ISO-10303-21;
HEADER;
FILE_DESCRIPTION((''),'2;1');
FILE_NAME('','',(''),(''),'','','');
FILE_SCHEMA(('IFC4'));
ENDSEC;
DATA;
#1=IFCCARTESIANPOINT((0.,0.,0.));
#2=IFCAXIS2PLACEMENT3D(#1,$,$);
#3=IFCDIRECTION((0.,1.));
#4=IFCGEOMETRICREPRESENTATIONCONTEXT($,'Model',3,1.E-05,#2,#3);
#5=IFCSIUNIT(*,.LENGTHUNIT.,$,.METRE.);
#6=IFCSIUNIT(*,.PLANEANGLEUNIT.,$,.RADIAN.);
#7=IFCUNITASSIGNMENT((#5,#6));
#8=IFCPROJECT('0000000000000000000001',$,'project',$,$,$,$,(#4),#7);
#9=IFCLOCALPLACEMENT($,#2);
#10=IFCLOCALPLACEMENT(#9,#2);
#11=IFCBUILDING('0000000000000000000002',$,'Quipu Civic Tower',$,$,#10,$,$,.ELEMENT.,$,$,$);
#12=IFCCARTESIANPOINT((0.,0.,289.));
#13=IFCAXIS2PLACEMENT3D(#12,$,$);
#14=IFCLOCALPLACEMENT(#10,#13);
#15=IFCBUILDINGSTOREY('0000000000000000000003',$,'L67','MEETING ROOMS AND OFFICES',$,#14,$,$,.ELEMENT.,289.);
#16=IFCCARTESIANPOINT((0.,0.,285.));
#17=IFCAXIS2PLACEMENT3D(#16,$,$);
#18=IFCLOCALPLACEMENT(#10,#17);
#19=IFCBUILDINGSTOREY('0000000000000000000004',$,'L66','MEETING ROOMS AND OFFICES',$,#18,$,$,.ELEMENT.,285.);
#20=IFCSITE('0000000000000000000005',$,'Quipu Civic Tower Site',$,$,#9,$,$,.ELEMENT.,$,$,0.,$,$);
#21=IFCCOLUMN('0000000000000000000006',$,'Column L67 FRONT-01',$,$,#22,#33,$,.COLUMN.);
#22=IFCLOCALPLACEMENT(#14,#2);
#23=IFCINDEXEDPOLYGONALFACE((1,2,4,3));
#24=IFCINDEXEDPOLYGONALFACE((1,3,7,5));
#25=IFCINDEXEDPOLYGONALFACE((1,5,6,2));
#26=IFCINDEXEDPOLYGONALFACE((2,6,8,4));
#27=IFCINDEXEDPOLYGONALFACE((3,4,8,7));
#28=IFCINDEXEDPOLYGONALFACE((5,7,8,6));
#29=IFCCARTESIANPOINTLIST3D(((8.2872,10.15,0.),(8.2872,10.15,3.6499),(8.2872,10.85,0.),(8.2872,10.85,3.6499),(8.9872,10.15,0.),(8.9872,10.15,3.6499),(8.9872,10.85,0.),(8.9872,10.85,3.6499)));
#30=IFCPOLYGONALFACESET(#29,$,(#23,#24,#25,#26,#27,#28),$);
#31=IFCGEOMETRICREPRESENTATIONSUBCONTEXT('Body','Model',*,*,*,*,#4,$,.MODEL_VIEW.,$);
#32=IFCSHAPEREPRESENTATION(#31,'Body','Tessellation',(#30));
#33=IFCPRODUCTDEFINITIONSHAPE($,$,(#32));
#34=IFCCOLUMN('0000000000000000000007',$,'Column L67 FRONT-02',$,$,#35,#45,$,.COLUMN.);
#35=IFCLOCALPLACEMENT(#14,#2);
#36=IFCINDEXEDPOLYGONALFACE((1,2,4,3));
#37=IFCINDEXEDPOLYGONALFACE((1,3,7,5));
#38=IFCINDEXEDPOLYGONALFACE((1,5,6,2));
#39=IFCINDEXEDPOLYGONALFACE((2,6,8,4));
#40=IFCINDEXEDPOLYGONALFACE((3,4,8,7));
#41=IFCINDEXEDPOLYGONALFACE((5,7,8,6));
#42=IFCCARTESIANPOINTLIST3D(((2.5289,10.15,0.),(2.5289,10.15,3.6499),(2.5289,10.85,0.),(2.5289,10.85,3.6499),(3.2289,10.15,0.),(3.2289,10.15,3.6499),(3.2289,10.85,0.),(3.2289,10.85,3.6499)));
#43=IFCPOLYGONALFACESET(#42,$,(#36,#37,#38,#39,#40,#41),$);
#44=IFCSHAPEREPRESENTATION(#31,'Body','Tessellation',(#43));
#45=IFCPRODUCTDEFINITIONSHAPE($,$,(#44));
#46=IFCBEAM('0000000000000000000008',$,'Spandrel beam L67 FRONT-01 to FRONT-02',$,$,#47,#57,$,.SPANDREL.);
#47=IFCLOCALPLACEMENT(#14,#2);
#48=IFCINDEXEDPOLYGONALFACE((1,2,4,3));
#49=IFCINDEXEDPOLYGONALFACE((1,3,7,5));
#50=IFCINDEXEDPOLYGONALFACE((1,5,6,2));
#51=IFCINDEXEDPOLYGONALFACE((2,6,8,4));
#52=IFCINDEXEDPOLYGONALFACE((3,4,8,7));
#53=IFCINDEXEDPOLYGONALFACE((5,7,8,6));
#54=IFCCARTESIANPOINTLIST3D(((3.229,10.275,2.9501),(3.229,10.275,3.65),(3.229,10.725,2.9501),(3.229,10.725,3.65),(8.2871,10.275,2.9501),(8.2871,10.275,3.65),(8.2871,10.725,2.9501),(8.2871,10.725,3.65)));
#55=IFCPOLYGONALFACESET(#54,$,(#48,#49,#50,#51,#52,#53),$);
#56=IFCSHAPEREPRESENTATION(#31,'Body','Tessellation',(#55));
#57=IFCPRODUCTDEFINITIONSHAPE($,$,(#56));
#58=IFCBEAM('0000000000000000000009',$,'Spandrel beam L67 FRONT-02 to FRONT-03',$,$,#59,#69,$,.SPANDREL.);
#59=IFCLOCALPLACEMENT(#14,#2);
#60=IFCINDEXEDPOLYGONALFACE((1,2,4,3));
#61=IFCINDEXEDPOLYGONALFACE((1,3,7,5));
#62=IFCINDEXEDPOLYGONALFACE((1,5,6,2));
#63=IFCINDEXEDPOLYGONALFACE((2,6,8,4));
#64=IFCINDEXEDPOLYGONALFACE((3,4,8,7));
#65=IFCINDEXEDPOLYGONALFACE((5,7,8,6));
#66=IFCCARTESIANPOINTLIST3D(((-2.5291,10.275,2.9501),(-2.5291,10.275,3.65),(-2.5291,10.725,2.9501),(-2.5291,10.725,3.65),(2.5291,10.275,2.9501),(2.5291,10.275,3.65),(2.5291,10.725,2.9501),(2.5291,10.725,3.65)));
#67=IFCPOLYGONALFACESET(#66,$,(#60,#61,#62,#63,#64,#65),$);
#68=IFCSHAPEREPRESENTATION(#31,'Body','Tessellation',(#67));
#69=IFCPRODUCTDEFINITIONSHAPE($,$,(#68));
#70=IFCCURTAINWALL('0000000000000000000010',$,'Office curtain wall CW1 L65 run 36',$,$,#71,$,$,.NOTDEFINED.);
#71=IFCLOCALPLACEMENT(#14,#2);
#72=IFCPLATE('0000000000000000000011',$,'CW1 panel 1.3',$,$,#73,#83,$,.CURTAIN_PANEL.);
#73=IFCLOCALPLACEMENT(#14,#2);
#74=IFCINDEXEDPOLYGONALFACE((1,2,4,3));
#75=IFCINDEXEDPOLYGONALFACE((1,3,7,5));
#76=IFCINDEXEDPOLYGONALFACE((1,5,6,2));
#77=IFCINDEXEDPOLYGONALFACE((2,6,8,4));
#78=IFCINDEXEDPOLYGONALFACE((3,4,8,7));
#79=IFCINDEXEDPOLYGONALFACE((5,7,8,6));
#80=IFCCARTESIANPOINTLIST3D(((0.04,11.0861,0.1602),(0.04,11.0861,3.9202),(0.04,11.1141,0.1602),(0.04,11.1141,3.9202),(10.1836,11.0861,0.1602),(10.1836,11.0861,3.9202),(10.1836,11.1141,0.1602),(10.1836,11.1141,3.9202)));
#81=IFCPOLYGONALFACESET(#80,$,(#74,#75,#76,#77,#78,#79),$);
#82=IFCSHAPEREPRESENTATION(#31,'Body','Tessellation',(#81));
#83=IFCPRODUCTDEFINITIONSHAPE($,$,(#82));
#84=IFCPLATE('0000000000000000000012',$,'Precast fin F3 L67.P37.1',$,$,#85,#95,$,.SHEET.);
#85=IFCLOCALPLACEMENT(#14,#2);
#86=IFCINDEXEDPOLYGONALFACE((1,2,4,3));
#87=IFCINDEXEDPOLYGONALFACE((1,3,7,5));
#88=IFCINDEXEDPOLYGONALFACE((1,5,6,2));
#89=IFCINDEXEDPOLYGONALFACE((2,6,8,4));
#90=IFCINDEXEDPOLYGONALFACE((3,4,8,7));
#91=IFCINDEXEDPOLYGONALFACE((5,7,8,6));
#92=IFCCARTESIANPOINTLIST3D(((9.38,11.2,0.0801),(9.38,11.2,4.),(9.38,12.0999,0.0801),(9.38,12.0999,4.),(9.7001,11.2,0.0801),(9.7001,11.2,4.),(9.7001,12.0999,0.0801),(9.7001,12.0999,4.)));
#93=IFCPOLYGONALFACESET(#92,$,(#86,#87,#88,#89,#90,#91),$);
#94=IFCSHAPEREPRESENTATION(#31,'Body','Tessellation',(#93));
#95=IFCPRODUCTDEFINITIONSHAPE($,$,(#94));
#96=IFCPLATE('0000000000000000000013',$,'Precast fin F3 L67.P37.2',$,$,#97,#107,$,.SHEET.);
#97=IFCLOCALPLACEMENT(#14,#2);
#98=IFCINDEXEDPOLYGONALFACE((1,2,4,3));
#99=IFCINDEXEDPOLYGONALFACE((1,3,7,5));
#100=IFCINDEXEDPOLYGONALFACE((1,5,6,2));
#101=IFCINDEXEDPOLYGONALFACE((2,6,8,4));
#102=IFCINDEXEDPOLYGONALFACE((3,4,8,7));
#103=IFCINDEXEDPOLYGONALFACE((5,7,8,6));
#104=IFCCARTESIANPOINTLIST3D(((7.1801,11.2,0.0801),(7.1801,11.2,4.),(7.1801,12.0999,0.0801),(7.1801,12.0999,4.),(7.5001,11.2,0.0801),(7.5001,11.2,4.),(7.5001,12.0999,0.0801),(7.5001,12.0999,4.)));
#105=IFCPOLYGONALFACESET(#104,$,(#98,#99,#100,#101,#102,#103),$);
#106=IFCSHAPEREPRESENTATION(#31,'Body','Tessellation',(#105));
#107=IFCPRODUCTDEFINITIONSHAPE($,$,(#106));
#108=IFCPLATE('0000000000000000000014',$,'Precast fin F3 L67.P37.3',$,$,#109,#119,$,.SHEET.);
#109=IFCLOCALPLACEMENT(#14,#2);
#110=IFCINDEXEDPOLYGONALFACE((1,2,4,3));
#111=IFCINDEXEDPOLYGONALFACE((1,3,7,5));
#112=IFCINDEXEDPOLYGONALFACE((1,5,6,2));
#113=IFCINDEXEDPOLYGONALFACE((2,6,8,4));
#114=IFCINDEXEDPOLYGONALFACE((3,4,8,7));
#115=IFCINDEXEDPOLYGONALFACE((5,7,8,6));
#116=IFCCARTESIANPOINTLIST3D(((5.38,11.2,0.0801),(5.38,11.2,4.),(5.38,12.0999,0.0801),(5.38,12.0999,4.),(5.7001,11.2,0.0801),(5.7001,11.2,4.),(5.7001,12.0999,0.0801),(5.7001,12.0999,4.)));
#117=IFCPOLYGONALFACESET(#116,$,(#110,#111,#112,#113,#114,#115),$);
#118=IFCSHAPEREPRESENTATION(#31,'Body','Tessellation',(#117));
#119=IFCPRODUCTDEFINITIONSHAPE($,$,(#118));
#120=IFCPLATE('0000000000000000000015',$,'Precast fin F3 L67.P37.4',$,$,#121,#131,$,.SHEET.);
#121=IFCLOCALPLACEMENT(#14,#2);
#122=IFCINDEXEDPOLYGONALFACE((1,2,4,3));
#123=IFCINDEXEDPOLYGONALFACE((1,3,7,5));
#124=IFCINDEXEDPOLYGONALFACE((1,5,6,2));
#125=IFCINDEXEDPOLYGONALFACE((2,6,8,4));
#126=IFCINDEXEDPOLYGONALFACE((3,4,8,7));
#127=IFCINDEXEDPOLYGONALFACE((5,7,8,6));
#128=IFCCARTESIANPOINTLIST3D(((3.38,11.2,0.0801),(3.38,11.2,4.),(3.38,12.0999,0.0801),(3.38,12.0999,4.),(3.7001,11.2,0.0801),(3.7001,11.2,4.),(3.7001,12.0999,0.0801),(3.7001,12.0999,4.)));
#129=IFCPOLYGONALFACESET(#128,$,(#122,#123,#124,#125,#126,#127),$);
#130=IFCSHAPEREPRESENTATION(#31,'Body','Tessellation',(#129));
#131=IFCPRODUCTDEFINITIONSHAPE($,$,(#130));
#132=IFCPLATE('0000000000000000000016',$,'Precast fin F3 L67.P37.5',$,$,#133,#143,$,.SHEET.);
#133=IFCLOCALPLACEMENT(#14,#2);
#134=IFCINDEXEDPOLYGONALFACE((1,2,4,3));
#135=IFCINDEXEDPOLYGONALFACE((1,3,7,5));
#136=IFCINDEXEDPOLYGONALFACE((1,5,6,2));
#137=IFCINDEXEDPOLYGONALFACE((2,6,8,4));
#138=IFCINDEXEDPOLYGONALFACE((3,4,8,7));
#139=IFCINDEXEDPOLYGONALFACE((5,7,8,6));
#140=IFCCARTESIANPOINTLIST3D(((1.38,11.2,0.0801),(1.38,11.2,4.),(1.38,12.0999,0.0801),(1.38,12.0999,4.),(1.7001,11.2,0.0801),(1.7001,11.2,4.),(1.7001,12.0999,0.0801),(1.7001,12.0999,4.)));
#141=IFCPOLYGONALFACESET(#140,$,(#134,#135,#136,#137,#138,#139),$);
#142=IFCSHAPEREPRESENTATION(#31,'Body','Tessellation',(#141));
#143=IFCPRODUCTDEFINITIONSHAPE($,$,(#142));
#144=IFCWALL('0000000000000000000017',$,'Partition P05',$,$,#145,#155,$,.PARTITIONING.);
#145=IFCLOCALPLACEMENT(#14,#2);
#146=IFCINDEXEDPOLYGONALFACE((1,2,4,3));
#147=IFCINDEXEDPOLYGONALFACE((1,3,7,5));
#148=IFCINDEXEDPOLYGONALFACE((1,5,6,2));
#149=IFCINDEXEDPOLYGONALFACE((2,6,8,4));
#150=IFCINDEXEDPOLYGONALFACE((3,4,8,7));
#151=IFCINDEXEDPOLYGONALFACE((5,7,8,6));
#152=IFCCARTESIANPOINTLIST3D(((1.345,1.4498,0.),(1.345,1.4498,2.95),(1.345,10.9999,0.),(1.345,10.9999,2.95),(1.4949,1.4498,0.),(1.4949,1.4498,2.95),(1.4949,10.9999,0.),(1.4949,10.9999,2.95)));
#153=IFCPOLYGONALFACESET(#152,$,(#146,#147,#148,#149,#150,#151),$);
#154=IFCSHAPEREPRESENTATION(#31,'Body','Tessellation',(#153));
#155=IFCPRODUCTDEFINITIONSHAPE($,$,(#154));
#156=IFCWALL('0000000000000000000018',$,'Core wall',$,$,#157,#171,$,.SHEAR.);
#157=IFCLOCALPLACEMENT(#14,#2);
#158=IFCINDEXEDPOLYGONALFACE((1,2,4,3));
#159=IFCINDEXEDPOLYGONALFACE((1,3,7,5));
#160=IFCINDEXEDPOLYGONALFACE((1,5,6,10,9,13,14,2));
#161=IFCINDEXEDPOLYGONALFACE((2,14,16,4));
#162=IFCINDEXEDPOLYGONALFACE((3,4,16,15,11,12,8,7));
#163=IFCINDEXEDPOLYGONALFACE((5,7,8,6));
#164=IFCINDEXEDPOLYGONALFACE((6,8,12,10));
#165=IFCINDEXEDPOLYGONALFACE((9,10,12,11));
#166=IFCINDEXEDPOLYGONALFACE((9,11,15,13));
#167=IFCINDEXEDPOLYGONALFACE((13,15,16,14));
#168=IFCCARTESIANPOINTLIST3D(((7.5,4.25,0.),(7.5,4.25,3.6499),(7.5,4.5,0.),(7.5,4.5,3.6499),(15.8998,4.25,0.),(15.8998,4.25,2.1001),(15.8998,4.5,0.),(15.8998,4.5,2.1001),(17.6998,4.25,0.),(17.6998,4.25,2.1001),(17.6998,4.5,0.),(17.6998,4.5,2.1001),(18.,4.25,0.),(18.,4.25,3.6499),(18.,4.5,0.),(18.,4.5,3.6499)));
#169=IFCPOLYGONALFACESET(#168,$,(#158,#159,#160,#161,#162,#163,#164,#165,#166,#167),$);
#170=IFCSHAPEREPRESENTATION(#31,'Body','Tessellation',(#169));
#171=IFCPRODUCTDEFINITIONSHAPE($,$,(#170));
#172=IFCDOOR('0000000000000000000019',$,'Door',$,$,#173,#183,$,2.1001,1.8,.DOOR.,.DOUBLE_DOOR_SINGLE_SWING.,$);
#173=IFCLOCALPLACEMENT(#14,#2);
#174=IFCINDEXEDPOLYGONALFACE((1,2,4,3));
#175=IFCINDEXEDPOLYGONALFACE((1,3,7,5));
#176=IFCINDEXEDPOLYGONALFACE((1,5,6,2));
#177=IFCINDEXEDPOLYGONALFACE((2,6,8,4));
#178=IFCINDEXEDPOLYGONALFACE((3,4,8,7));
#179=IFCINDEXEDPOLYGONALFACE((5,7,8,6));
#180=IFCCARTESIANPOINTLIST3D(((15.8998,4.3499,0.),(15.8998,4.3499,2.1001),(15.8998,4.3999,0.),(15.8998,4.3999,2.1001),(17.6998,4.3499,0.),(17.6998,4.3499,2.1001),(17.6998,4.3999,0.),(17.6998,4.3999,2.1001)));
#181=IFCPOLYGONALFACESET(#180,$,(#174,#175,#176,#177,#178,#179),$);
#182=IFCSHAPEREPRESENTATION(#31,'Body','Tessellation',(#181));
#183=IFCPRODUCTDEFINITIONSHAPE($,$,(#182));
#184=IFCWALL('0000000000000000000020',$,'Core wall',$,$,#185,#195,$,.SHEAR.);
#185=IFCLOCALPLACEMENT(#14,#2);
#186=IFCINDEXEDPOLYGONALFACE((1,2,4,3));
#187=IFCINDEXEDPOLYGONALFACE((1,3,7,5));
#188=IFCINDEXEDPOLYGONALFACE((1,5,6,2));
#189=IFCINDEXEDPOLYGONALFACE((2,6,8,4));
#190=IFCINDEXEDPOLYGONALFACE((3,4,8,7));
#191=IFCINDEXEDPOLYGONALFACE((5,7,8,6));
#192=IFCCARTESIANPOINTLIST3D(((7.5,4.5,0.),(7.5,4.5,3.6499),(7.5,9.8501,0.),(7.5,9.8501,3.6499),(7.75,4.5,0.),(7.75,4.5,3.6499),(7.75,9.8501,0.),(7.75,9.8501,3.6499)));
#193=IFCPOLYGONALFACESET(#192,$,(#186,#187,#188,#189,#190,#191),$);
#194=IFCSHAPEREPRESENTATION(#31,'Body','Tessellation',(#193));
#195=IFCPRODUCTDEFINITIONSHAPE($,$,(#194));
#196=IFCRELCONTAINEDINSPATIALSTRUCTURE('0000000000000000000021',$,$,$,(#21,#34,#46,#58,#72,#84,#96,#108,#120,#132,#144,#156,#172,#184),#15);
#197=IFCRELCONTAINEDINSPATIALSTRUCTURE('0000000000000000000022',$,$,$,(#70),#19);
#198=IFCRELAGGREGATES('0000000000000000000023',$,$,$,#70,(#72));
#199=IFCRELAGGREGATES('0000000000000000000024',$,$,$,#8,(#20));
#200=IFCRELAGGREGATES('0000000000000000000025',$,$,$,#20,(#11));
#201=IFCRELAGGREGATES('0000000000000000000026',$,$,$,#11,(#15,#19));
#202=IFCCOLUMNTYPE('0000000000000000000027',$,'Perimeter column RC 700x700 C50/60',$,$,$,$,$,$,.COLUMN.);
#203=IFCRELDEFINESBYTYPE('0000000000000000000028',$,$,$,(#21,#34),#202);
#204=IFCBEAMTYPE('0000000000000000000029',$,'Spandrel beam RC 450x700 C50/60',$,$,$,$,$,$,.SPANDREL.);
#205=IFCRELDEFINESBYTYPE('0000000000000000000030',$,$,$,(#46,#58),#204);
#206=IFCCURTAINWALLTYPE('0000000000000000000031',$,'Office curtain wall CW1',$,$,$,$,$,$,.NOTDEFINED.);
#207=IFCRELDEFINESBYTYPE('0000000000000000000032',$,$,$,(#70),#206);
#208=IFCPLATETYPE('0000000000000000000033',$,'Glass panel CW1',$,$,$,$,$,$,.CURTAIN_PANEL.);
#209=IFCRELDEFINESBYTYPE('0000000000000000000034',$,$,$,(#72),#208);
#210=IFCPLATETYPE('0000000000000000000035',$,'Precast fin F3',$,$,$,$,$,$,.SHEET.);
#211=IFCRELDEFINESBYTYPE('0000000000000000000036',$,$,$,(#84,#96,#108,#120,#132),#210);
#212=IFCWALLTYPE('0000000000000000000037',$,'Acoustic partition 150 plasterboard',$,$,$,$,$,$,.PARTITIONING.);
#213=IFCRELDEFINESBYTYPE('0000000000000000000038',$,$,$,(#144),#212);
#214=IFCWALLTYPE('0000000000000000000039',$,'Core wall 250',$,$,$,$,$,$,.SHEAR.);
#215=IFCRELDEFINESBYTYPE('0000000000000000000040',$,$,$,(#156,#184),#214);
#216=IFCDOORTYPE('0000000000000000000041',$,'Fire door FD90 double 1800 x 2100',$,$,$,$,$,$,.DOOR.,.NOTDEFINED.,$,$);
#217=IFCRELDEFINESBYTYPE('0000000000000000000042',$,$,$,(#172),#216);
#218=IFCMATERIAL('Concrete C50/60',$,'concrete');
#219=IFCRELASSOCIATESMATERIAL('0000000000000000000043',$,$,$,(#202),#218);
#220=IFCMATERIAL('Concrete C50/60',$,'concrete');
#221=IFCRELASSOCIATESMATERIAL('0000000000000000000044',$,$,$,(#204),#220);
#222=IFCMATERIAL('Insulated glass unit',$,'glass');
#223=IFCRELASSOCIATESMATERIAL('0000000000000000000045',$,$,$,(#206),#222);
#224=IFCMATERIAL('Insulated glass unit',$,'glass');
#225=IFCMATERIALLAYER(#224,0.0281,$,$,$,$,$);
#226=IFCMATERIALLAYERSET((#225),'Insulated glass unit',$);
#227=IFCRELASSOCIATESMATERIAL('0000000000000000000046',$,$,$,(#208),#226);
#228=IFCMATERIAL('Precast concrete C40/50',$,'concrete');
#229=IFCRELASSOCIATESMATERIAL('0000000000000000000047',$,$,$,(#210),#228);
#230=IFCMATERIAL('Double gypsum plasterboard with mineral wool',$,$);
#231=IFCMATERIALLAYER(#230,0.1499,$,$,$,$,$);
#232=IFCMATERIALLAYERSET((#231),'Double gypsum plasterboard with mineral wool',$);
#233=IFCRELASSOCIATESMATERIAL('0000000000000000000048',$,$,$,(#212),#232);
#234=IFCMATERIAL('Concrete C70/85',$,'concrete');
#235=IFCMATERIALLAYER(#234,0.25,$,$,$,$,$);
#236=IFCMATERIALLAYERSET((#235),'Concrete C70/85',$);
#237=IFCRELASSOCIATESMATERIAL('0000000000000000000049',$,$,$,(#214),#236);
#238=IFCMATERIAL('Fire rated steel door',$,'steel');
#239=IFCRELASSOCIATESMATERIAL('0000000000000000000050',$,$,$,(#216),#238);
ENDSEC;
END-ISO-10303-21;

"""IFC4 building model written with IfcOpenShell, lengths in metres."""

from ifc_helpers import new_model, si_unit, direction, frame, frame_2d, origin, origin_2d, place, context, subcontext, project, spatial, rectangle, extrude, material, layer, layer_set, material_profile, profile_set, type_object, element, fill, aggregate, save


model = new_model("IFC4")

# Units and contexts
model_context = context("Model", 3, precision=1e-05, world=origin(), true_north=direction((0.0, 1.0)))
body_context = subcontext(model_context, "Body", "Model", "MODEL_VIEW")
ifc_project = project(units=[si_unit("LENGTHUNIT", "METRE"), si_unit("PLANEANGLEUNIT", "RADIAN")], contexts=[model_context])

# Site, building, storey
site_placement = place(None, origin())
site = spatial("IfcSite", under=ifc_project, at=site_placement, Name="Quipu Civic Tower Site", CompositionType="ELEMENT", RefElevation=0.0)
building_placement = place(site_placement, origin())
building = spatial("IfcBuilding", under=site, at=building_placement, Name="Quipu Civic Tower", CompositionType="ELEMENT")
storey_1_placement = place(building_placement, frame((0.0, 0.0, 289.0)))
storey_1 = spatial("IfcBuildingStorey", under=building, at=storey_1_placement, Name="L67", Description="MEETING ROOMS AND OFFICES", CompositionType="ELEMENT", Elevation=289.0)

# Columns
ifc_material_1 = material(Name="Concrete C50/60", Category="concrete")
ifc_material_profile_1 = material_profile(ifc_material_1, rectangle(XDim=0.7, YDim=0.7, at=origin_2d()), Name="RC700x700")
ifc_profile_set_1 = profile_set([ifc_material_profile_1], Name="Concrete C50/60")
column_type = type_object("IfcColumnType", Name="Perimeter column RC 700x700 C50/60", PredefinedType="COLUMN", material=ifc_profile_set_1)
for number, where, z_axis, x_axis, name in (
    (1, (8.6372, 10.5, 0.0), (0.0, 0.0, 1.0), (-1.0, 0.0, 0.0), "Column L67 FRONT-01"),
    (2, (2.8789, 10.5, 0.0), (0.0, 0.0, 1.0), (-1.0, 0.0, 0.0), "Column L67 FRONT-02"),
):
    element("IfcColumn", number, at=place(storey_1_placement, frame(where, z_axis=z_axis, x_axis=x_axis)), inside=storey_1, type_object=column_type, Name=name, PredefinedType="COLUMN", context=body_context, shape_type="SweptSolid", body=[
        extrude(rectangle(XDim=0.7, YDim=0.7, at=origin_2d()), origin(), (0.0, 0.0, 1.0), 3.6499),
    ])

# Beams
ifc_material_2 = material(Name="Concrete C50/60", Category="concrete")
ifc_material_profile_2 = material_profile(ifc_material_2, rectangle(XDim=0.45, YDim=0.7, at=origin_2d()), Name="RC450x700")
ifc_profile_set_2 = profile_set([ifc_material_profile_2], Name="Concrete C50/60")
beam_type = type_object("IfcBeamType", Name="Spandrel beam RC 450x700 C50/60", PredefinedType="SPANDREL", material=ifc_profile_set_2)
for number, where, z_axis, x_axis, name in (
    (3, (8.2871, 10.5, 3.3), (-1.0, 0.0, 0.0), (0.0, -1.0, 0.0), "Spandrel beam L67 FRONT-01 to FRONT-02"),
    (4, (2.5291, 10.5, 3.3), (-1.0, 0.0, 0.0), (0.0, -1.0, 0.0), "Spandrel beam L67 FRONT-02 to FRONT-03"),
):
    element("IfcBeam", number, at=place(storey_1_placement, frame(where, z_axis=z_axis, x_axis=x_axis)), inside=storey_1, type_object=beam_type, Name=name, PredefinedType="SPANDREL", context=body_context, shape_type="SweptSolid", body=[
        extrude(rectangle(XDim=0.45, YDim=0.7, at=origin_2d()), origin(), (0.0, 0.0, 1.0), 5.0581),
    ])

# Shared definitions
storey_2_placement = place(building_placement, frame((0.0, 0.0, 285.0)))
storey_2 = spatial("IfcBuildingStorey", under=building, at=storey_2_placement, Name="L66", Description="MEETING ROOMS AND OFFICES", CompositionType="ELEMENT", Elevation=285.0)

# Curtain wall, plate
ifc_material_3 = material(Name="Insulated glass unit", Category="glass")
curtain_wall_type = type_object("IfcCurtainWallType", Name="Office curtain wall CW1", PredefinedType="NOTDEFINED", material=ifc_material_3)
curtain_wall_placement = place(storey_2_placement, origin())
curtain_wall = element("IfcCurtainWall", 5, at=curtain_wall_placement, inside=storey_2, type_object=curtain_wall_type, Name="Office curtain wall CW1 L65 run 36", PredefinedType="NOTDEFINED")
ifc_material_4 = material(Name="Insulated glass unit", Category="glass")
ifc_layer_1 = layer(ifc_material_4, 0.0281)
ifc_layer_set_1 = layer_set([ifc_layer_1], Name="Insulated glass unit")
plate_type_1 = type_object("IfcPlateType", Name="Glass panel CW1", PredefinedType="CURTAIN_PANEL", material=ifc_layer_set_1)
plate_placement = place(storey_1_placement, frame((5.1118, 11.1001, 0.1602), z_axis=(0.0, 0.0, 1.0), x_axis=(-1.0, 0.0, 0.0)))
plate = element("IfcPlate", 6, at=plate_placement, inside=storey_1, type_object=plate_type_1, Name="CW1 panel 1.3", PredefinedType="CURTAIN_PANEL", context=body_context, shape_type="SweptSolid", body=[
    extrude(rectangle(XDim=10.1436, YDim=0.0281, at=origin_2d()), origin(), (0.0, 0.0, 1.0), 3.76),
])
aggregate(curtain_wall, [plate])

# Plates
ifc_material_5 = material(Name="Precast concrete C40/50", Category="concrete")
plate_type_2 = type_object("IfcPlateType", Name="Precast fin F3", PredefinedType="SHEET", material=ifc_material_5)
for number, where, z_axis, x_axis, name in (
    (7, (9.54, 11.6499, 0.0801), (0.0, 0.0, 1.0), (-1.0, 0.0, 0.0), "Precast fin F3 L67.P37.1"),
    (8, (7.3401, 11.6499, 0.0801), (0.0, 0.0, 1.0), (-1.0, 0.0, 0.0), "Precast fin F3 L67.P37.2"),
    (9, (5.54, 11.6499, 0.0801), (0.0, 0.0, 1.0), (-1.0, 0.0, 0.0), "Precast fin F3 L67.P37.3"),
    (10, (3.54, 11.6499, 0.0801), (0.0, 0.0, 1.0), (-1.0, 0.0, 0.0), "Precast fin F3 L67.P37.4"),
    (11, (1.54, 11.6499, 0.0801), (0.0, 0.0, 1.0), (-1.0, 0.0, 0.0), "Precast fin F3 L67.P37.5"),
):
    element("IfcPlate", number, at=place(storey_1_placement, frame(where, z_axis=z_axis, x_axis=x_axis)), inside=storey_1, type_object=plate_type_2, Name=name, PredefinedType="SHEET", context=body_context, shape_type="SweptSolid", body=[
        extrude(rectangle(XDim=0.3201, YDim=0.8999, at=origin_2d()), origin(), (0.0, 0.0, 1.0), 3.9199),
    ])

# Wall
ifc_material_6 = material(Name="Double gypsum plasterboard with mineral wool")
ifc_layer_2 = layer(ifc_material_6, 0.1499)
ifc_layer_set_2 = layer_set([ifc_layer_2], Name="Double gypsum plasterboard with mineral wool")
wall_type_1 = type_object("IfcWallType", Name="Acoustic partition 150 plasterboard", PredefinedType="PARTITIONING", material=ifc_layer_set_2)
wall_1_placement = place(storey_1_placement, frame((1.4199, 1.45, 0.0), z_axis=(0.0, 0.0, 1.0), x_axis=(0.0, 1.0, 0.0)))
element("IfcWall", 12, at=wall_1_placement, inside=storey_1, type_object=wall_type_1, Name="Partition P05", PredefinedType="PARTITIONING", context=body_context, shape_type="SweptSolid", body=[
    extrude(rectangle(XDim=9.55, YDim=0.1499, at=frame_2d((4.7749, 0.0))), origin(), (0.0, 0.0, 1.0), 2.95),
])

# Wall, opening, door
ifc_material_7 = material(Name="Concrete C70/85", Category="concrete")
ifc_layer_3 = layer(ifc_material_7, 0.25)
ifc_layer_set_3 = layer_set([ifc_layer_3], Name="Concrete C70/85")
wall_type_2 = type_object("IfcWallType", Name="Core wall 250", PredefinedType="SHEAR", material=ifc_layer_set_3)
wall_2_placement = place(storey_1_placement, frame((7.5, 4.375, 0.0), z_axis=(0.0, 0.0, 1.0), x_axis=(1.0, 0.0, 0.0)))
wall_2 = element("IfcWall", 13, at=wall_2_placement, inside=storey_1, type_object=wall_type_2, Name="Core wall", PredefinedType="SHEAR", context=body_context, shape_type="SweptSolid", body=[
    extrude(rectangle(XDim=10.5, YDim=0.25, at=frame_2d((5.25, 0.0))), origin(), (0.0, 0.0, 1.0), 3.6499),
])
opening_1_placement = place(wall_2_placement, frame((8.3999, 0.0, 0.0)))
opening_1 = element("IfcOpeningElement", 14, at=opening_1_placement, cuts=wall_2, PredefinedType="OPENING", context=body_context, shape_type="SweptSolid", body=[
    extrude(rectangle(XDim=1.8, YDim=2.1001, at=frame_2d((0.8999, 1.05))), frame((0.0, 0.135, 0.0), z_axis=(0.0, -1.0, 0.0), x_axis=(1.0, 0.0, 0.0)), (0.0, 0.0, 1.0), 0.27),
])
ifc_material_8 = material(Name="Fire rated steel door", Category="steel")
door_type = type_object("IfcDoorType", Name="Fire door FD90 double 1800 x 2100", OperationType="NOTDEFINED", PredefinedType="DOOR", material=ifc_material_8)
door_placement = place(opening_1_placement, origin())
door = element("IfcDoor", 15, at=door_placement, inside=storey_1, type_object=door_type, Name="Door", OperationType="DOUBLE_DOOR_SINGLE_SWING", OverallHeight=2.1001, OverallWidth=1.8, PredefinedType="DOOR", context=body_context, shape_type="SweptSolid", body=[
    extrude(rectangle(XDim=1.8, YDim=2.1001, at=frame_2d((0.8999, 1.05))), frame((0.0, 0.0249, 0.0), z_axis=(0.0, -1.0, 0.0), x_axis=(1.0, 0.0, 0.0)), (0.0, 0.0, 1.0), 0.05),
])
fill(opening_1, door)

# Wall
wall_3_placement = place(storey_1_placement, frame((7.625, 4.5, 0.0), z_axis=(0.0, 0.0, 1.0), x_axis=(0.0, 1.0, 0.0)))
element("IfcWall", 16, at=wall_3_placement, inside=storey_1, type_object=wall_type_2, Name="Core wall", PredefinedType="SHEAR", context=body_context, shape_type="SweptSolid", body=[
    extrude(rectangle(XDim=5.3501, YDim=0.25, at=frame_2d((2.675, 0.0))), origin(), (0.0, 0.0, 1.0), 3.6499),
])

save(model, "model.ifc")
